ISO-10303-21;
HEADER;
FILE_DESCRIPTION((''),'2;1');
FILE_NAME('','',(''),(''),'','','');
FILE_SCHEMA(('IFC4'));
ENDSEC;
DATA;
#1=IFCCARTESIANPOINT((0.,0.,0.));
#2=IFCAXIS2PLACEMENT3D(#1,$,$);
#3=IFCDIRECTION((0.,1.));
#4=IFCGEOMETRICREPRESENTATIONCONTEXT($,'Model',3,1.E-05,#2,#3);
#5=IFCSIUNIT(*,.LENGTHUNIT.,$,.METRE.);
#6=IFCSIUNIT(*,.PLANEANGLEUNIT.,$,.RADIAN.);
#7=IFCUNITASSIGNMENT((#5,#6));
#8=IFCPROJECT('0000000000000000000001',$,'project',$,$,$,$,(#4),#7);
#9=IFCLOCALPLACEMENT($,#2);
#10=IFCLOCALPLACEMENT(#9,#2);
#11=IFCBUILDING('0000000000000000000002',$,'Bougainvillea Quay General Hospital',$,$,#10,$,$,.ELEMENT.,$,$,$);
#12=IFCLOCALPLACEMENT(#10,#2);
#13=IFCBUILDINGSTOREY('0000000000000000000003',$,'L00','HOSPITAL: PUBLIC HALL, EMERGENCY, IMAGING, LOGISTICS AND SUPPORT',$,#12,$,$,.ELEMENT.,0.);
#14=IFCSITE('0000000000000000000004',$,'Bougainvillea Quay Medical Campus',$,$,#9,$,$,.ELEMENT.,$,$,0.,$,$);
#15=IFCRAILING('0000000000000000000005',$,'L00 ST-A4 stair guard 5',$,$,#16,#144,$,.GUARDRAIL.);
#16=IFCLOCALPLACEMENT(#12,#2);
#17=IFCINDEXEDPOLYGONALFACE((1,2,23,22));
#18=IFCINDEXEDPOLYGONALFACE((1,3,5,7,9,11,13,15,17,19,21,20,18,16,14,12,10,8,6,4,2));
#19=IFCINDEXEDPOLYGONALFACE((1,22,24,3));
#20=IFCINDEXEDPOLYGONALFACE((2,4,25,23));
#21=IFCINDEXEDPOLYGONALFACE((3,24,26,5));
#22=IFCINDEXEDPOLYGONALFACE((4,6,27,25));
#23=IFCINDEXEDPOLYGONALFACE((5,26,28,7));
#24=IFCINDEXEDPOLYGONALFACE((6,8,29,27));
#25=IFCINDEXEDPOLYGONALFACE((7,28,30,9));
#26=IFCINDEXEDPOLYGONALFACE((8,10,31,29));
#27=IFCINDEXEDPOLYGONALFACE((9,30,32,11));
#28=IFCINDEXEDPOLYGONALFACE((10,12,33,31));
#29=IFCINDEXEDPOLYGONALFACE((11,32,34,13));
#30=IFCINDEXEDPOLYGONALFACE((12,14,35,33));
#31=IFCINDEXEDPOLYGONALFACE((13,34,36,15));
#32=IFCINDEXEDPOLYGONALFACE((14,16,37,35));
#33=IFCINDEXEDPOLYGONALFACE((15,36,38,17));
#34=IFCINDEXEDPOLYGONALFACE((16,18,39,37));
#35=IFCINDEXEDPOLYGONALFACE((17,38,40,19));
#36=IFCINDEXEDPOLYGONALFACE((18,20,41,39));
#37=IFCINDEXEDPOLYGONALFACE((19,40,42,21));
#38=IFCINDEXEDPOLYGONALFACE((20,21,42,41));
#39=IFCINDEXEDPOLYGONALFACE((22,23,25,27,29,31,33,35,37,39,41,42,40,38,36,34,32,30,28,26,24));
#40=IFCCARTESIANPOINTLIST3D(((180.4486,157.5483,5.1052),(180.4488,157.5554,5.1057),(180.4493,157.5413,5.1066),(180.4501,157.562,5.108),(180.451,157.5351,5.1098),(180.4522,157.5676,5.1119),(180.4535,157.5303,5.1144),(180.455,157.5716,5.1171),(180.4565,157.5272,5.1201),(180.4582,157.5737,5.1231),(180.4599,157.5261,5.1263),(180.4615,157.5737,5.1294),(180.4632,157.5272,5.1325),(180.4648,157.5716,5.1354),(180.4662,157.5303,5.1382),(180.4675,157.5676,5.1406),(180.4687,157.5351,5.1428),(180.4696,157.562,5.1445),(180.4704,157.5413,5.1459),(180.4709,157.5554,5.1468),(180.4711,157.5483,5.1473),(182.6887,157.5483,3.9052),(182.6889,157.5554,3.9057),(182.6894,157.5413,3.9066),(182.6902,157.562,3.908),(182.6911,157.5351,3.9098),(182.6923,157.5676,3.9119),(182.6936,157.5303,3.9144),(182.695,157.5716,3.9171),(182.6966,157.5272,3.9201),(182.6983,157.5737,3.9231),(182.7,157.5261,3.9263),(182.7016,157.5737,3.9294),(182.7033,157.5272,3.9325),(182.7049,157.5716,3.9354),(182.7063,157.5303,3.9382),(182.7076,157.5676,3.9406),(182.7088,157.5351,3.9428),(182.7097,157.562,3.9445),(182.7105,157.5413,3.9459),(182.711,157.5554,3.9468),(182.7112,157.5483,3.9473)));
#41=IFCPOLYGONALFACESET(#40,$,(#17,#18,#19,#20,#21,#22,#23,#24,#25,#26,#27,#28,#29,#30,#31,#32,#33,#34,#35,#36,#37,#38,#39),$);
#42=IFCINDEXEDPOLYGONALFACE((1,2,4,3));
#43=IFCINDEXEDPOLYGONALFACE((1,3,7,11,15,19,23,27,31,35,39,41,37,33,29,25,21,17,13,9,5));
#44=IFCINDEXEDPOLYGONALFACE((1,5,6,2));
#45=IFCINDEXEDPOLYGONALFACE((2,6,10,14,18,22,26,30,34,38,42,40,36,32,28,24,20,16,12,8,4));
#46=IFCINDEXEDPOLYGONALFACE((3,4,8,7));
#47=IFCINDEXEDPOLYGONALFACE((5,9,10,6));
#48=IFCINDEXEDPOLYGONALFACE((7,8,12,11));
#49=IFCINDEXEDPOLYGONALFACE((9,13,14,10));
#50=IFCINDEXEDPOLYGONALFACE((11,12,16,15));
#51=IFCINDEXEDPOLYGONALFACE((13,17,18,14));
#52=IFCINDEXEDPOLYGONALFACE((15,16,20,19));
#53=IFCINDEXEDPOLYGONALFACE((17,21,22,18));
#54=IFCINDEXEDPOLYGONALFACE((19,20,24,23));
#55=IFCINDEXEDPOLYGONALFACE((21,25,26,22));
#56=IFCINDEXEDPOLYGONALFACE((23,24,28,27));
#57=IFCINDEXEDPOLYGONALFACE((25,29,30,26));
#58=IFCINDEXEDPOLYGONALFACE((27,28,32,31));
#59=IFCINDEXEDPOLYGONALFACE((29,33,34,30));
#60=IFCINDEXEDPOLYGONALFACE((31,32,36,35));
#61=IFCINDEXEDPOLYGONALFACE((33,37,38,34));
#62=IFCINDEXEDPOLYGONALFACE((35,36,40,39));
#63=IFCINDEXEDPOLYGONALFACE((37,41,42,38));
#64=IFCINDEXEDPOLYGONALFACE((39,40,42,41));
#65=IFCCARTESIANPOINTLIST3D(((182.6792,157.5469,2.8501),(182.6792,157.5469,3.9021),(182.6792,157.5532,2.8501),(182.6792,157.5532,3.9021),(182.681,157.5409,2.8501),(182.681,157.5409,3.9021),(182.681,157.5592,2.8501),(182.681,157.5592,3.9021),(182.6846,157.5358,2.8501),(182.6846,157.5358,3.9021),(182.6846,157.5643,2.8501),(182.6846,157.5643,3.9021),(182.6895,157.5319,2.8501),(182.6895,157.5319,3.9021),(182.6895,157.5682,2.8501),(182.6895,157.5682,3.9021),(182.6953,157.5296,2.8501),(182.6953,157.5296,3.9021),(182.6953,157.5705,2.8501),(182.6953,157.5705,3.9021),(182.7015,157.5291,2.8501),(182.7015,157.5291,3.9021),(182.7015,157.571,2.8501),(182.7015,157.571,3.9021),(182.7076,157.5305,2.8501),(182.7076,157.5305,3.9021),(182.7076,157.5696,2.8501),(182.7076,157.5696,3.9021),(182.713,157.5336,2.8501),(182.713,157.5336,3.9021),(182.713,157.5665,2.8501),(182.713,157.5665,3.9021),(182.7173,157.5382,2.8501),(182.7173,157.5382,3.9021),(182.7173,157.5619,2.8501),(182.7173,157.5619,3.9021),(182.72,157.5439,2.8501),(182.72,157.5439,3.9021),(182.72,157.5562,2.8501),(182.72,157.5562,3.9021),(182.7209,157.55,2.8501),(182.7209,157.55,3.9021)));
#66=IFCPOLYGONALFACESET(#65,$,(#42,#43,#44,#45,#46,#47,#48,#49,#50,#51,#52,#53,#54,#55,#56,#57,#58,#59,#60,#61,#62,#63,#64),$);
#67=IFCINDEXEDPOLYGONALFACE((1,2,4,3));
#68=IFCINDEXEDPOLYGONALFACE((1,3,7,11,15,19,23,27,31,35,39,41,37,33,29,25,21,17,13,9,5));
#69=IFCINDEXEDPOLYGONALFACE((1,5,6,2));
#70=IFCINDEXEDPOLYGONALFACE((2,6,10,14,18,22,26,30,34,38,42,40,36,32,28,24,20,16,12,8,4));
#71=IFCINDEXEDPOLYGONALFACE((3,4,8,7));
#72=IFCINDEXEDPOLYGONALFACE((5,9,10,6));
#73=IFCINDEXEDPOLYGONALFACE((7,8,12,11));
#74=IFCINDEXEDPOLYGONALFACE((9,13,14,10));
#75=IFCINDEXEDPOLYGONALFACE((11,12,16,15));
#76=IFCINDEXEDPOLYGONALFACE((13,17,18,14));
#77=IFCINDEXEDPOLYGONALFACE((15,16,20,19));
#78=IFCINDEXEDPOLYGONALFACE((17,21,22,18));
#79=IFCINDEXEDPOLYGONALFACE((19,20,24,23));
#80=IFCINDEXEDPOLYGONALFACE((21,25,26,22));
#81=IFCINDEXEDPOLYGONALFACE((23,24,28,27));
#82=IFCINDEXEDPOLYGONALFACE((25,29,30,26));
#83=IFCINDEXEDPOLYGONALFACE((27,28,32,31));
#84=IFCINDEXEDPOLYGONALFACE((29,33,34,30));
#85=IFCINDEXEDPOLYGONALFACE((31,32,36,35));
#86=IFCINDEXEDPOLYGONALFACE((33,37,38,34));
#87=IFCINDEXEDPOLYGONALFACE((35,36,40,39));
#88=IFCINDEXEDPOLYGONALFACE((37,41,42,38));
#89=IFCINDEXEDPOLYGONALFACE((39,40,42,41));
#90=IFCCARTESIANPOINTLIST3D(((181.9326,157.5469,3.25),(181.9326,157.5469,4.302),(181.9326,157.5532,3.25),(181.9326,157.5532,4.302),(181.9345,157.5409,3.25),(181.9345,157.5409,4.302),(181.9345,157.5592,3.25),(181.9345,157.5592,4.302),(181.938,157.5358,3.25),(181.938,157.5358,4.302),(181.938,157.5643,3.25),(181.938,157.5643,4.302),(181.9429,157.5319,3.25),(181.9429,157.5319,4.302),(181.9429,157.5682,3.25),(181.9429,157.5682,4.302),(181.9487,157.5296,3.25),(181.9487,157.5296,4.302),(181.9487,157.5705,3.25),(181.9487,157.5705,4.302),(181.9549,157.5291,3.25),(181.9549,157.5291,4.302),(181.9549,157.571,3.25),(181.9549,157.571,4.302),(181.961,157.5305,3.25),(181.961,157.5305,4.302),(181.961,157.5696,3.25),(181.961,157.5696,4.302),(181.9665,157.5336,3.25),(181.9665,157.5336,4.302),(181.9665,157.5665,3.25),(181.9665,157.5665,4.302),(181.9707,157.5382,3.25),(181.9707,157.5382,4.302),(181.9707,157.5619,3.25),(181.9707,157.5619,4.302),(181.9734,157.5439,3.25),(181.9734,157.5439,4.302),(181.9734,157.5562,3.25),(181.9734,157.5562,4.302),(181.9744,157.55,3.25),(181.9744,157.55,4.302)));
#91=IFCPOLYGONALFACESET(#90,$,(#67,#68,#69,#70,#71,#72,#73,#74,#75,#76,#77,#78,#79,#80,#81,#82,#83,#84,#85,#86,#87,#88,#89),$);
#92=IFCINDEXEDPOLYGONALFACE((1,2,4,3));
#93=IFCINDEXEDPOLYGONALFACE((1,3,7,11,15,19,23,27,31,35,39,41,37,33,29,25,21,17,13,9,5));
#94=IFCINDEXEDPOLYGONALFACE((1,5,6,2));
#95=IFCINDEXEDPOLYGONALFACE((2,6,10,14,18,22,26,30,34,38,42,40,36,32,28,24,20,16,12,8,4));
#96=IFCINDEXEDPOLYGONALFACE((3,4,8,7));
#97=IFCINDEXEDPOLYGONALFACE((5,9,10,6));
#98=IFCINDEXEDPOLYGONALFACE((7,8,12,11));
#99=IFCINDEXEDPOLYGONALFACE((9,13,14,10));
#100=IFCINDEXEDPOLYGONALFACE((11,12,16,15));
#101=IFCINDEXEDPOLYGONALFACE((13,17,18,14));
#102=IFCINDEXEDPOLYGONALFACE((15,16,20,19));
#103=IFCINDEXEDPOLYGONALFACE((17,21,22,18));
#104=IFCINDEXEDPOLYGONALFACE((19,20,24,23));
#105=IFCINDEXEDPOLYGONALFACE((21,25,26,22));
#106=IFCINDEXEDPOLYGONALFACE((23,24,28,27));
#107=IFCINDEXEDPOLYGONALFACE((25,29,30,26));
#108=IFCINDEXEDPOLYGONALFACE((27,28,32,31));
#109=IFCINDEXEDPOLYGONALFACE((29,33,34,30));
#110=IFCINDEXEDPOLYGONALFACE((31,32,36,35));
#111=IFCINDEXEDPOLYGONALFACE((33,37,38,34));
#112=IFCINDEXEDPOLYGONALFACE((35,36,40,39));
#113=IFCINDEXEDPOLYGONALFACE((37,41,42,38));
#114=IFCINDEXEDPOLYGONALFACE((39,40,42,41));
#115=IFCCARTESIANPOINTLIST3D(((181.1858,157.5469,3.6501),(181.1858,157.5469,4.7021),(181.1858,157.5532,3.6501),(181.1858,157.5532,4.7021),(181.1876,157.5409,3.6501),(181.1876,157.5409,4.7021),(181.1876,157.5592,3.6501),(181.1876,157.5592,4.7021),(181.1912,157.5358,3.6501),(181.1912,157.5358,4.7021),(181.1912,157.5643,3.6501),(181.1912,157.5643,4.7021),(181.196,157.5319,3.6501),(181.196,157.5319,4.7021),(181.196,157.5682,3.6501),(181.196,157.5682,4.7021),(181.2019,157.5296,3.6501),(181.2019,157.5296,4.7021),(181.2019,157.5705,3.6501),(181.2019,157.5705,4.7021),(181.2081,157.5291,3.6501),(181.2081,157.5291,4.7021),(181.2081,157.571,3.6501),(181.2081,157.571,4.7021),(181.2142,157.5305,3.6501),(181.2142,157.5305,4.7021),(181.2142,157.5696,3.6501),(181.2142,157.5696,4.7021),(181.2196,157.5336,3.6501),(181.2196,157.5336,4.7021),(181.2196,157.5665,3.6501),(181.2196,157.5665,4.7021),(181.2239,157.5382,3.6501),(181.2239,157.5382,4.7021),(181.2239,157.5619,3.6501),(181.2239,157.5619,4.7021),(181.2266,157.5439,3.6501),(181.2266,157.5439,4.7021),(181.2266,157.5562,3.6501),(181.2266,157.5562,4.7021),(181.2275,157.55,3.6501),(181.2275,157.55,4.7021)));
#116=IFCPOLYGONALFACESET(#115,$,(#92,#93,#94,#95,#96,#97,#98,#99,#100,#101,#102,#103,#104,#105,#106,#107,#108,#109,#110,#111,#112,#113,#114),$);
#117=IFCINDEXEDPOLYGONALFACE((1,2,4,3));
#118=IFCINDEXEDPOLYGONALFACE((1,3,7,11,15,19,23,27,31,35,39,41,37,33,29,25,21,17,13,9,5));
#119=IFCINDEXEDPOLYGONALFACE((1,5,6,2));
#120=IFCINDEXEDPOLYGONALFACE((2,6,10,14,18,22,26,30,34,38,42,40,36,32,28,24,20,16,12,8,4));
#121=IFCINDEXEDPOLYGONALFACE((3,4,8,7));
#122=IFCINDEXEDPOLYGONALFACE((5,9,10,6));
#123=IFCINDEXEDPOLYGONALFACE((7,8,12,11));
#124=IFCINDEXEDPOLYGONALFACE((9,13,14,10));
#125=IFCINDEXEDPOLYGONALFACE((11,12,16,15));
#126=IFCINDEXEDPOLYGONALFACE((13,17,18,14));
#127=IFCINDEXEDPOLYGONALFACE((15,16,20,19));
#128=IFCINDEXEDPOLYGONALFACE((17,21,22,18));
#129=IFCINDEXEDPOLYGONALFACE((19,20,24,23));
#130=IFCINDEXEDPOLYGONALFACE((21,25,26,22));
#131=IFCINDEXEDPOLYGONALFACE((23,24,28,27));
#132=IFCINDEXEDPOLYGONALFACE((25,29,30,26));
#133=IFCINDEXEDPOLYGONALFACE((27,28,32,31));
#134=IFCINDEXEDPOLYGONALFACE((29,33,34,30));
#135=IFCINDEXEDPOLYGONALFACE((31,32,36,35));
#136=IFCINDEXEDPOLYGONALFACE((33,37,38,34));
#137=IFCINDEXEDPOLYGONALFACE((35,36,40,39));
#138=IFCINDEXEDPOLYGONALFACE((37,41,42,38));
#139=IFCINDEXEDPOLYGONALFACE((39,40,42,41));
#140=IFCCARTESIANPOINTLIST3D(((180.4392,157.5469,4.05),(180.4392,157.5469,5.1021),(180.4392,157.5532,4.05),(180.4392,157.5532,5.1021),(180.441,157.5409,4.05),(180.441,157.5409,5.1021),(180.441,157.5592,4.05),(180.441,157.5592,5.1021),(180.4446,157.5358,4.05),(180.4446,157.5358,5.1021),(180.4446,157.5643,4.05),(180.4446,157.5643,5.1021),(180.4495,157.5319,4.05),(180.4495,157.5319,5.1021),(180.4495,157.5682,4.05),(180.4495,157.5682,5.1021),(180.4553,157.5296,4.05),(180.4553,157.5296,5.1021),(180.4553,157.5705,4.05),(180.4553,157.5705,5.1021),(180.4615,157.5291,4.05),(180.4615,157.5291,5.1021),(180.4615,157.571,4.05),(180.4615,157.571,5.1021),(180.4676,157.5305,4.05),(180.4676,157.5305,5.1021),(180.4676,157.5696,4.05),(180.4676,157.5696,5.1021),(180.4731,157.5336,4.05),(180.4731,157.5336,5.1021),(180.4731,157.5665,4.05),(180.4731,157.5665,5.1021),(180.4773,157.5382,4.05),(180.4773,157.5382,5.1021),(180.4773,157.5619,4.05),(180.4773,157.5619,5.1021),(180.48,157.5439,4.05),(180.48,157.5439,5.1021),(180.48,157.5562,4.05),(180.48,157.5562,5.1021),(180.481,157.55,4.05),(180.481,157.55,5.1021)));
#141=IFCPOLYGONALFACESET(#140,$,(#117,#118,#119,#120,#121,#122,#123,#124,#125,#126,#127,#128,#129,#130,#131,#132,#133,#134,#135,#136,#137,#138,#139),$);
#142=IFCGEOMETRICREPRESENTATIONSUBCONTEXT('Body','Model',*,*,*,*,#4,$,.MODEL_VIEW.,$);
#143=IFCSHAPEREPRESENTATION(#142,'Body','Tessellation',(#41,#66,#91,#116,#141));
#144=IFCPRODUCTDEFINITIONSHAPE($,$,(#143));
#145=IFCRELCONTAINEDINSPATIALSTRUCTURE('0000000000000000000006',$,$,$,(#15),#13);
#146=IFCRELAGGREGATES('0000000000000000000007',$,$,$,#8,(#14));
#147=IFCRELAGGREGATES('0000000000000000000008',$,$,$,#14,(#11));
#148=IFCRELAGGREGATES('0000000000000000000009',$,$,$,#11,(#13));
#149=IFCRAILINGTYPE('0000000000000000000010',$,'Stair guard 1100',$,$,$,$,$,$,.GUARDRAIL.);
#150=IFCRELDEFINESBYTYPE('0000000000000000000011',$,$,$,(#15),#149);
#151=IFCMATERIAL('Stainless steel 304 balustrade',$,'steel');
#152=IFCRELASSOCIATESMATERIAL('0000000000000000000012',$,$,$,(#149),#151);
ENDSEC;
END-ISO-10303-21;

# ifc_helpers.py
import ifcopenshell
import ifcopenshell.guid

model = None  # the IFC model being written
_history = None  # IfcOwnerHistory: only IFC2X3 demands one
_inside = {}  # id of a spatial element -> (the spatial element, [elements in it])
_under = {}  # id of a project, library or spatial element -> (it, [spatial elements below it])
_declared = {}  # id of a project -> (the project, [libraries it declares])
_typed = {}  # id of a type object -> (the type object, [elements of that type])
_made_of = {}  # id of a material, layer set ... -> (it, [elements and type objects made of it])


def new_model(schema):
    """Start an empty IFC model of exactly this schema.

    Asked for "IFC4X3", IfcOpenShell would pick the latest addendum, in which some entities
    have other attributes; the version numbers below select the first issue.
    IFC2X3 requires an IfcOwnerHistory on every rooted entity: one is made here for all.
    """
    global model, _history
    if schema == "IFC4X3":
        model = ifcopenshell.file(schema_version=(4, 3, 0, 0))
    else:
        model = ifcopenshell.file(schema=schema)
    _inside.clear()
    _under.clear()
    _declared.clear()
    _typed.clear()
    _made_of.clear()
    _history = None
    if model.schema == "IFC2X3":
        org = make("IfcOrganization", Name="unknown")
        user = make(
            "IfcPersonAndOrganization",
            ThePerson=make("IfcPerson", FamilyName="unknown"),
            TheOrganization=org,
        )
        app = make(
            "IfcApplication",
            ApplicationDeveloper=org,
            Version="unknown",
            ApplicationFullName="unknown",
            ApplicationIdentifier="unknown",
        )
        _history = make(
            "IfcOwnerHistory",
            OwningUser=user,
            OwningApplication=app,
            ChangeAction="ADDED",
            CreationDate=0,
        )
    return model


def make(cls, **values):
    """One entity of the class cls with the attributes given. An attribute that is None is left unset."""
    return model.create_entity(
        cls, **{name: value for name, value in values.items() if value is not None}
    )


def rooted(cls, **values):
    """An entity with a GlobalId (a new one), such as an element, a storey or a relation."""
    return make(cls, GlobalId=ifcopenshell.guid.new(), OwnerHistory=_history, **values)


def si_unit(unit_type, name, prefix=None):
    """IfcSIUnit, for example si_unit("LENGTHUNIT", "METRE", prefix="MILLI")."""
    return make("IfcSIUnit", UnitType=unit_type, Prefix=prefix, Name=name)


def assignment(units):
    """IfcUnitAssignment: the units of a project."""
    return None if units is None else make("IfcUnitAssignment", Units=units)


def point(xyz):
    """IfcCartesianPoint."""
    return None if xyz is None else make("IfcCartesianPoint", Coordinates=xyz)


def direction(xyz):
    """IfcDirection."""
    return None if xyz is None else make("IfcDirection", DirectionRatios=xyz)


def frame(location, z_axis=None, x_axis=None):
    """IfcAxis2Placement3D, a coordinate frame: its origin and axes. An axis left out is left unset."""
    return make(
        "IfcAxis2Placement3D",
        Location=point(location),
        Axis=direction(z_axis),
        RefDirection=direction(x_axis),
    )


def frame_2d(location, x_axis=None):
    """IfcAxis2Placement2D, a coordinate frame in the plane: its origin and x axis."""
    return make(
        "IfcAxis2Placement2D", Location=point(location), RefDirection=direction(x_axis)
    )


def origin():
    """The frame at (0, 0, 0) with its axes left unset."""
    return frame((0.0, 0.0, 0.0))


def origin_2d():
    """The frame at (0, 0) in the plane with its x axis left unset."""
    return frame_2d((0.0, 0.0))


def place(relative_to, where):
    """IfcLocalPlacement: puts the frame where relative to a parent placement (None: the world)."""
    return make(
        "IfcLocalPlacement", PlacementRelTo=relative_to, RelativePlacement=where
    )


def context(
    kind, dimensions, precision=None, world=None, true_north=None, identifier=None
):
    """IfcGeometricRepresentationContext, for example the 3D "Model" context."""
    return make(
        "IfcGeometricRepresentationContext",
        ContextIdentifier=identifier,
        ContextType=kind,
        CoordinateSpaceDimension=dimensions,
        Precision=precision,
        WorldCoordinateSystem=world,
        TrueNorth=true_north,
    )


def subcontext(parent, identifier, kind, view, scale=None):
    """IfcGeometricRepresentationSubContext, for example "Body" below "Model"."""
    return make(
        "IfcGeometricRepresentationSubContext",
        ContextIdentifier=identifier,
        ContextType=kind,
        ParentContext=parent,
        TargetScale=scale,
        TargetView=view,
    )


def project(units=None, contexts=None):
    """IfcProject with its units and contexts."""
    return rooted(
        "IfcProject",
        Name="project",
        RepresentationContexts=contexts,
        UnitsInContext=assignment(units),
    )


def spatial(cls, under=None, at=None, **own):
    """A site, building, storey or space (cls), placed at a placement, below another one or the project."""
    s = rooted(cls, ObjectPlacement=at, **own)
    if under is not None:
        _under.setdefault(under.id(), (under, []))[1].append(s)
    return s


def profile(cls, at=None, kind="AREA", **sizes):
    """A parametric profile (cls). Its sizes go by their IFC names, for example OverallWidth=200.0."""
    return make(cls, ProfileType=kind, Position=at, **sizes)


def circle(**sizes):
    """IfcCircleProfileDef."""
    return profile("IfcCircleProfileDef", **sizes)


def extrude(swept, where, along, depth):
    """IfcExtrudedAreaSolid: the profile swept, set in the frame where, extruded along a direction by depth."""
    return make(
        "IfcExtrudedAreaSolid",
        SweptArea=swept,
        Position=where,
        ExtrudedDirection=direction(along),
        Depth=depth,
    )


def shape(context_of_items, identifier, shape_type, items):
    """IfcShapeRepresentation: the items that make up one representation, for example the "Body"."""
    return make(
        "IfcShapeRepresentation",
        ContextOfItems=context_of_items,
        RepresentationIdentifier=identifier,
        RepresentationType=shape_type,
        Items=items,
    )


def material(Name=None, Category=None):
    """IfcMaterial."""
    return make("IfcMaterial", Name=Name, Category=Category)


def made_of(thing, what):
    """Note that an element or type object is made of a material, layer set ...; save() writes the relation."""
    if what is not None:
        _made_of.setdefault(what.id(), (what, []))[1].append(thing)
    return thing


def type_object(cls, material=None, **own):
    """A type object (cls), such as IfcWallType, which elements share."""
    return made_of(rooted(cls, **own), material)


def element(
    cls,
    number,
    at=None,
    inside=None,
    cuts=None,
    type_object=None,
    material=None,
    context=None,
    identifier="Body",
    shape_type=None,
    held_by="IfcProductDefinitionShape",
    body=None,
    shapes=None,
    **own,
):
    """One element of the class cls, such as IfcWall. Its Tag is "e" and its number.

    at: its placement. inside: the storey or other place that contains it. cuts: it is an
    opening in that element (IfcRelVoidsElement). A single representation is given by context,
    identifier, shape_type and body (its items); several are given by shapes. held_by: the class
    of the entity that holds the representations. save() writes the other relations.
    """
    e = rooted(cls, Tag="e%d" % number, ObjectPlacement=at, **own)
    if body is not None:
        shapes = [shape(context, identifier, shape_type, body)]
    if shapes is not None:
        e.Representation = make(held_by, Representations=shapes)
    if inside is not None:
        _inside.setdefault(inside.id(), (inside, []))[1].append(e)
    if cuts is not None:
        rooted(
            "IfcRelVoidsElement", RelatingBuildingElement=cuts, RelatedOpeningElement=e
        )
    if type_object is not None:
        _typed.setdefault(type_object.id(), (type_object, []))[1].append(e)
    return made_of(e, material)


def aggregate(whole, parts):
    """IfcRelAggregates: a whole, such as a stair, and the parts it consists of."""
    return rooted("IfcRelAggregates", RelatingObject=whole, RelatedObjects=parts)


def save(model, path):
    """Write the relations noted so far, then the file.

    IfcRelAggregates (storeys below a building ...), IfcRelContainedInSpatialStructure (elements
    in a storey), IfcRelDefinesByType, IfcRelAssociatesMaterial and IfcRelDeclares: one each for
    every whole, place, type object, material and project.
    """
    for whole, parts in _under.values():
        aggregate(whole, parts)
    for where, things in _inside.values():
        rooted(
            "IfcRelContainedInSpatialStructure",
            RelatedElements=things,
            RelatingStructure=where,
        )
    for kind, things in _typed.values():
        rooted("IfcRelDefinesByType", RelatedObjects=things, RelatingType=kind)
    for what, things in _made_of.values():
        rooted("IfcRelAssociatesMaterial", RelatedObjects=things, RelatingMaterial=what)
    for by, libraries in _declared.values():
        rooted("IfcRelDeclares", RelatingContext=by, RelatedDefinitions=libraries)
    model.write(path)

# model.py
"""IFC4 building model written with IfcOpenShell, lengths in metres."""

from ifc_helpers import new_model, si_unit, direction, frame, origin, origin_2d, place, context, subcontext, project, spatial, circle, extrude, material, type_object, element, save


model = new_model("IFC4")

# Units and contexts
model_context = context("Model", 3, precision=1e-05, world=origin(), true_north=direction((0.0, 1.0)))
body_context = subcontext(model_context, "Body", "Model", "MODEL_VIEW")
ifc_project = project(units=[si_unit("LENGTHUNIT", "METRE"), si_unit("PLANEANGLEUNIT", "RADIAN")], contexts=[model_context])

# Site, building, storey
site_placement = place(None, origin())
site = spatial("IfcSite", under=ifc_project, at=site_placement, Name="Bougainvillea Quay Medical Campus", CompositionType="ELEMENT", RefElevation=0.0)
building_placement = place(site_placement, origin())
building = spatial("IfcBuilding", under=site, at=building_placement, Name="Bougainvillea Quay General Hospital", CompositionType="ELEMENT")
storey_placement = place(building_placement, origin())
storey = spatial("IfcBuildingStorey", under=building, at=storey_placement, Name="L00", Description="HOSPITAL: PUBLIC HALL, EMERGENCY, IMAGING, LOGISTICS AND SUPPORT", CompositionType="ELEMENT", Elevation=0.0)

# Railing
ifc_material_1 = material(Name="Stainless steel 304 balustrade", Category="steel")
railing_type_1 = type_object("IfcRailingType", Name="Stair guard 1100", PredefinedType="GUARDRAIL", material=ifc_material_1)
railing_1_placement = place(storey_placement, frame((182.7, 157.55, 2.8501)))
element("IfcRailing", 1, at=railing_1_placement, inside=storey, type_object=railing_type_1, Name="L00 ST-A4 stair guard 5", PredefinedType="GUARDRAIL", context=body_context, shape_type="SweptSolid", body=[
    extrude(circle(Radius=0.0239, at=origin_2d()), frame((0.0, 0.0, 1.0762), z_axis=(-0.881487, 0.0, 0.472208), x_axis=(0.0, -1.0, 0.0)), (0.0, 0.0, 1.0), 2.5413),
    extrude(circle(Radius=0.021, at=origin_2d()), origin(), (0.0, 0.0, 1.0), 1.052),
    extrude(circle(Radius=0.021, at=origin_2d()), frame((-0.7466, 0.0, 0.3999)), (0.0, 0.0, 1.0), 1.052),
    extrude(circle(Radius=0.021, at=origin_2d()), frame((-1.4934, 0.0, 0.8)), (0.0, 0.0, 1.0), 1.052),
    extrude(circle(Radius=0.021, at=origin_2d()), frame((-2.24, 0.0, 1.2)), (0.0, 0.0, 1.0), 1.052),
])

save(model, "model.ifc")
